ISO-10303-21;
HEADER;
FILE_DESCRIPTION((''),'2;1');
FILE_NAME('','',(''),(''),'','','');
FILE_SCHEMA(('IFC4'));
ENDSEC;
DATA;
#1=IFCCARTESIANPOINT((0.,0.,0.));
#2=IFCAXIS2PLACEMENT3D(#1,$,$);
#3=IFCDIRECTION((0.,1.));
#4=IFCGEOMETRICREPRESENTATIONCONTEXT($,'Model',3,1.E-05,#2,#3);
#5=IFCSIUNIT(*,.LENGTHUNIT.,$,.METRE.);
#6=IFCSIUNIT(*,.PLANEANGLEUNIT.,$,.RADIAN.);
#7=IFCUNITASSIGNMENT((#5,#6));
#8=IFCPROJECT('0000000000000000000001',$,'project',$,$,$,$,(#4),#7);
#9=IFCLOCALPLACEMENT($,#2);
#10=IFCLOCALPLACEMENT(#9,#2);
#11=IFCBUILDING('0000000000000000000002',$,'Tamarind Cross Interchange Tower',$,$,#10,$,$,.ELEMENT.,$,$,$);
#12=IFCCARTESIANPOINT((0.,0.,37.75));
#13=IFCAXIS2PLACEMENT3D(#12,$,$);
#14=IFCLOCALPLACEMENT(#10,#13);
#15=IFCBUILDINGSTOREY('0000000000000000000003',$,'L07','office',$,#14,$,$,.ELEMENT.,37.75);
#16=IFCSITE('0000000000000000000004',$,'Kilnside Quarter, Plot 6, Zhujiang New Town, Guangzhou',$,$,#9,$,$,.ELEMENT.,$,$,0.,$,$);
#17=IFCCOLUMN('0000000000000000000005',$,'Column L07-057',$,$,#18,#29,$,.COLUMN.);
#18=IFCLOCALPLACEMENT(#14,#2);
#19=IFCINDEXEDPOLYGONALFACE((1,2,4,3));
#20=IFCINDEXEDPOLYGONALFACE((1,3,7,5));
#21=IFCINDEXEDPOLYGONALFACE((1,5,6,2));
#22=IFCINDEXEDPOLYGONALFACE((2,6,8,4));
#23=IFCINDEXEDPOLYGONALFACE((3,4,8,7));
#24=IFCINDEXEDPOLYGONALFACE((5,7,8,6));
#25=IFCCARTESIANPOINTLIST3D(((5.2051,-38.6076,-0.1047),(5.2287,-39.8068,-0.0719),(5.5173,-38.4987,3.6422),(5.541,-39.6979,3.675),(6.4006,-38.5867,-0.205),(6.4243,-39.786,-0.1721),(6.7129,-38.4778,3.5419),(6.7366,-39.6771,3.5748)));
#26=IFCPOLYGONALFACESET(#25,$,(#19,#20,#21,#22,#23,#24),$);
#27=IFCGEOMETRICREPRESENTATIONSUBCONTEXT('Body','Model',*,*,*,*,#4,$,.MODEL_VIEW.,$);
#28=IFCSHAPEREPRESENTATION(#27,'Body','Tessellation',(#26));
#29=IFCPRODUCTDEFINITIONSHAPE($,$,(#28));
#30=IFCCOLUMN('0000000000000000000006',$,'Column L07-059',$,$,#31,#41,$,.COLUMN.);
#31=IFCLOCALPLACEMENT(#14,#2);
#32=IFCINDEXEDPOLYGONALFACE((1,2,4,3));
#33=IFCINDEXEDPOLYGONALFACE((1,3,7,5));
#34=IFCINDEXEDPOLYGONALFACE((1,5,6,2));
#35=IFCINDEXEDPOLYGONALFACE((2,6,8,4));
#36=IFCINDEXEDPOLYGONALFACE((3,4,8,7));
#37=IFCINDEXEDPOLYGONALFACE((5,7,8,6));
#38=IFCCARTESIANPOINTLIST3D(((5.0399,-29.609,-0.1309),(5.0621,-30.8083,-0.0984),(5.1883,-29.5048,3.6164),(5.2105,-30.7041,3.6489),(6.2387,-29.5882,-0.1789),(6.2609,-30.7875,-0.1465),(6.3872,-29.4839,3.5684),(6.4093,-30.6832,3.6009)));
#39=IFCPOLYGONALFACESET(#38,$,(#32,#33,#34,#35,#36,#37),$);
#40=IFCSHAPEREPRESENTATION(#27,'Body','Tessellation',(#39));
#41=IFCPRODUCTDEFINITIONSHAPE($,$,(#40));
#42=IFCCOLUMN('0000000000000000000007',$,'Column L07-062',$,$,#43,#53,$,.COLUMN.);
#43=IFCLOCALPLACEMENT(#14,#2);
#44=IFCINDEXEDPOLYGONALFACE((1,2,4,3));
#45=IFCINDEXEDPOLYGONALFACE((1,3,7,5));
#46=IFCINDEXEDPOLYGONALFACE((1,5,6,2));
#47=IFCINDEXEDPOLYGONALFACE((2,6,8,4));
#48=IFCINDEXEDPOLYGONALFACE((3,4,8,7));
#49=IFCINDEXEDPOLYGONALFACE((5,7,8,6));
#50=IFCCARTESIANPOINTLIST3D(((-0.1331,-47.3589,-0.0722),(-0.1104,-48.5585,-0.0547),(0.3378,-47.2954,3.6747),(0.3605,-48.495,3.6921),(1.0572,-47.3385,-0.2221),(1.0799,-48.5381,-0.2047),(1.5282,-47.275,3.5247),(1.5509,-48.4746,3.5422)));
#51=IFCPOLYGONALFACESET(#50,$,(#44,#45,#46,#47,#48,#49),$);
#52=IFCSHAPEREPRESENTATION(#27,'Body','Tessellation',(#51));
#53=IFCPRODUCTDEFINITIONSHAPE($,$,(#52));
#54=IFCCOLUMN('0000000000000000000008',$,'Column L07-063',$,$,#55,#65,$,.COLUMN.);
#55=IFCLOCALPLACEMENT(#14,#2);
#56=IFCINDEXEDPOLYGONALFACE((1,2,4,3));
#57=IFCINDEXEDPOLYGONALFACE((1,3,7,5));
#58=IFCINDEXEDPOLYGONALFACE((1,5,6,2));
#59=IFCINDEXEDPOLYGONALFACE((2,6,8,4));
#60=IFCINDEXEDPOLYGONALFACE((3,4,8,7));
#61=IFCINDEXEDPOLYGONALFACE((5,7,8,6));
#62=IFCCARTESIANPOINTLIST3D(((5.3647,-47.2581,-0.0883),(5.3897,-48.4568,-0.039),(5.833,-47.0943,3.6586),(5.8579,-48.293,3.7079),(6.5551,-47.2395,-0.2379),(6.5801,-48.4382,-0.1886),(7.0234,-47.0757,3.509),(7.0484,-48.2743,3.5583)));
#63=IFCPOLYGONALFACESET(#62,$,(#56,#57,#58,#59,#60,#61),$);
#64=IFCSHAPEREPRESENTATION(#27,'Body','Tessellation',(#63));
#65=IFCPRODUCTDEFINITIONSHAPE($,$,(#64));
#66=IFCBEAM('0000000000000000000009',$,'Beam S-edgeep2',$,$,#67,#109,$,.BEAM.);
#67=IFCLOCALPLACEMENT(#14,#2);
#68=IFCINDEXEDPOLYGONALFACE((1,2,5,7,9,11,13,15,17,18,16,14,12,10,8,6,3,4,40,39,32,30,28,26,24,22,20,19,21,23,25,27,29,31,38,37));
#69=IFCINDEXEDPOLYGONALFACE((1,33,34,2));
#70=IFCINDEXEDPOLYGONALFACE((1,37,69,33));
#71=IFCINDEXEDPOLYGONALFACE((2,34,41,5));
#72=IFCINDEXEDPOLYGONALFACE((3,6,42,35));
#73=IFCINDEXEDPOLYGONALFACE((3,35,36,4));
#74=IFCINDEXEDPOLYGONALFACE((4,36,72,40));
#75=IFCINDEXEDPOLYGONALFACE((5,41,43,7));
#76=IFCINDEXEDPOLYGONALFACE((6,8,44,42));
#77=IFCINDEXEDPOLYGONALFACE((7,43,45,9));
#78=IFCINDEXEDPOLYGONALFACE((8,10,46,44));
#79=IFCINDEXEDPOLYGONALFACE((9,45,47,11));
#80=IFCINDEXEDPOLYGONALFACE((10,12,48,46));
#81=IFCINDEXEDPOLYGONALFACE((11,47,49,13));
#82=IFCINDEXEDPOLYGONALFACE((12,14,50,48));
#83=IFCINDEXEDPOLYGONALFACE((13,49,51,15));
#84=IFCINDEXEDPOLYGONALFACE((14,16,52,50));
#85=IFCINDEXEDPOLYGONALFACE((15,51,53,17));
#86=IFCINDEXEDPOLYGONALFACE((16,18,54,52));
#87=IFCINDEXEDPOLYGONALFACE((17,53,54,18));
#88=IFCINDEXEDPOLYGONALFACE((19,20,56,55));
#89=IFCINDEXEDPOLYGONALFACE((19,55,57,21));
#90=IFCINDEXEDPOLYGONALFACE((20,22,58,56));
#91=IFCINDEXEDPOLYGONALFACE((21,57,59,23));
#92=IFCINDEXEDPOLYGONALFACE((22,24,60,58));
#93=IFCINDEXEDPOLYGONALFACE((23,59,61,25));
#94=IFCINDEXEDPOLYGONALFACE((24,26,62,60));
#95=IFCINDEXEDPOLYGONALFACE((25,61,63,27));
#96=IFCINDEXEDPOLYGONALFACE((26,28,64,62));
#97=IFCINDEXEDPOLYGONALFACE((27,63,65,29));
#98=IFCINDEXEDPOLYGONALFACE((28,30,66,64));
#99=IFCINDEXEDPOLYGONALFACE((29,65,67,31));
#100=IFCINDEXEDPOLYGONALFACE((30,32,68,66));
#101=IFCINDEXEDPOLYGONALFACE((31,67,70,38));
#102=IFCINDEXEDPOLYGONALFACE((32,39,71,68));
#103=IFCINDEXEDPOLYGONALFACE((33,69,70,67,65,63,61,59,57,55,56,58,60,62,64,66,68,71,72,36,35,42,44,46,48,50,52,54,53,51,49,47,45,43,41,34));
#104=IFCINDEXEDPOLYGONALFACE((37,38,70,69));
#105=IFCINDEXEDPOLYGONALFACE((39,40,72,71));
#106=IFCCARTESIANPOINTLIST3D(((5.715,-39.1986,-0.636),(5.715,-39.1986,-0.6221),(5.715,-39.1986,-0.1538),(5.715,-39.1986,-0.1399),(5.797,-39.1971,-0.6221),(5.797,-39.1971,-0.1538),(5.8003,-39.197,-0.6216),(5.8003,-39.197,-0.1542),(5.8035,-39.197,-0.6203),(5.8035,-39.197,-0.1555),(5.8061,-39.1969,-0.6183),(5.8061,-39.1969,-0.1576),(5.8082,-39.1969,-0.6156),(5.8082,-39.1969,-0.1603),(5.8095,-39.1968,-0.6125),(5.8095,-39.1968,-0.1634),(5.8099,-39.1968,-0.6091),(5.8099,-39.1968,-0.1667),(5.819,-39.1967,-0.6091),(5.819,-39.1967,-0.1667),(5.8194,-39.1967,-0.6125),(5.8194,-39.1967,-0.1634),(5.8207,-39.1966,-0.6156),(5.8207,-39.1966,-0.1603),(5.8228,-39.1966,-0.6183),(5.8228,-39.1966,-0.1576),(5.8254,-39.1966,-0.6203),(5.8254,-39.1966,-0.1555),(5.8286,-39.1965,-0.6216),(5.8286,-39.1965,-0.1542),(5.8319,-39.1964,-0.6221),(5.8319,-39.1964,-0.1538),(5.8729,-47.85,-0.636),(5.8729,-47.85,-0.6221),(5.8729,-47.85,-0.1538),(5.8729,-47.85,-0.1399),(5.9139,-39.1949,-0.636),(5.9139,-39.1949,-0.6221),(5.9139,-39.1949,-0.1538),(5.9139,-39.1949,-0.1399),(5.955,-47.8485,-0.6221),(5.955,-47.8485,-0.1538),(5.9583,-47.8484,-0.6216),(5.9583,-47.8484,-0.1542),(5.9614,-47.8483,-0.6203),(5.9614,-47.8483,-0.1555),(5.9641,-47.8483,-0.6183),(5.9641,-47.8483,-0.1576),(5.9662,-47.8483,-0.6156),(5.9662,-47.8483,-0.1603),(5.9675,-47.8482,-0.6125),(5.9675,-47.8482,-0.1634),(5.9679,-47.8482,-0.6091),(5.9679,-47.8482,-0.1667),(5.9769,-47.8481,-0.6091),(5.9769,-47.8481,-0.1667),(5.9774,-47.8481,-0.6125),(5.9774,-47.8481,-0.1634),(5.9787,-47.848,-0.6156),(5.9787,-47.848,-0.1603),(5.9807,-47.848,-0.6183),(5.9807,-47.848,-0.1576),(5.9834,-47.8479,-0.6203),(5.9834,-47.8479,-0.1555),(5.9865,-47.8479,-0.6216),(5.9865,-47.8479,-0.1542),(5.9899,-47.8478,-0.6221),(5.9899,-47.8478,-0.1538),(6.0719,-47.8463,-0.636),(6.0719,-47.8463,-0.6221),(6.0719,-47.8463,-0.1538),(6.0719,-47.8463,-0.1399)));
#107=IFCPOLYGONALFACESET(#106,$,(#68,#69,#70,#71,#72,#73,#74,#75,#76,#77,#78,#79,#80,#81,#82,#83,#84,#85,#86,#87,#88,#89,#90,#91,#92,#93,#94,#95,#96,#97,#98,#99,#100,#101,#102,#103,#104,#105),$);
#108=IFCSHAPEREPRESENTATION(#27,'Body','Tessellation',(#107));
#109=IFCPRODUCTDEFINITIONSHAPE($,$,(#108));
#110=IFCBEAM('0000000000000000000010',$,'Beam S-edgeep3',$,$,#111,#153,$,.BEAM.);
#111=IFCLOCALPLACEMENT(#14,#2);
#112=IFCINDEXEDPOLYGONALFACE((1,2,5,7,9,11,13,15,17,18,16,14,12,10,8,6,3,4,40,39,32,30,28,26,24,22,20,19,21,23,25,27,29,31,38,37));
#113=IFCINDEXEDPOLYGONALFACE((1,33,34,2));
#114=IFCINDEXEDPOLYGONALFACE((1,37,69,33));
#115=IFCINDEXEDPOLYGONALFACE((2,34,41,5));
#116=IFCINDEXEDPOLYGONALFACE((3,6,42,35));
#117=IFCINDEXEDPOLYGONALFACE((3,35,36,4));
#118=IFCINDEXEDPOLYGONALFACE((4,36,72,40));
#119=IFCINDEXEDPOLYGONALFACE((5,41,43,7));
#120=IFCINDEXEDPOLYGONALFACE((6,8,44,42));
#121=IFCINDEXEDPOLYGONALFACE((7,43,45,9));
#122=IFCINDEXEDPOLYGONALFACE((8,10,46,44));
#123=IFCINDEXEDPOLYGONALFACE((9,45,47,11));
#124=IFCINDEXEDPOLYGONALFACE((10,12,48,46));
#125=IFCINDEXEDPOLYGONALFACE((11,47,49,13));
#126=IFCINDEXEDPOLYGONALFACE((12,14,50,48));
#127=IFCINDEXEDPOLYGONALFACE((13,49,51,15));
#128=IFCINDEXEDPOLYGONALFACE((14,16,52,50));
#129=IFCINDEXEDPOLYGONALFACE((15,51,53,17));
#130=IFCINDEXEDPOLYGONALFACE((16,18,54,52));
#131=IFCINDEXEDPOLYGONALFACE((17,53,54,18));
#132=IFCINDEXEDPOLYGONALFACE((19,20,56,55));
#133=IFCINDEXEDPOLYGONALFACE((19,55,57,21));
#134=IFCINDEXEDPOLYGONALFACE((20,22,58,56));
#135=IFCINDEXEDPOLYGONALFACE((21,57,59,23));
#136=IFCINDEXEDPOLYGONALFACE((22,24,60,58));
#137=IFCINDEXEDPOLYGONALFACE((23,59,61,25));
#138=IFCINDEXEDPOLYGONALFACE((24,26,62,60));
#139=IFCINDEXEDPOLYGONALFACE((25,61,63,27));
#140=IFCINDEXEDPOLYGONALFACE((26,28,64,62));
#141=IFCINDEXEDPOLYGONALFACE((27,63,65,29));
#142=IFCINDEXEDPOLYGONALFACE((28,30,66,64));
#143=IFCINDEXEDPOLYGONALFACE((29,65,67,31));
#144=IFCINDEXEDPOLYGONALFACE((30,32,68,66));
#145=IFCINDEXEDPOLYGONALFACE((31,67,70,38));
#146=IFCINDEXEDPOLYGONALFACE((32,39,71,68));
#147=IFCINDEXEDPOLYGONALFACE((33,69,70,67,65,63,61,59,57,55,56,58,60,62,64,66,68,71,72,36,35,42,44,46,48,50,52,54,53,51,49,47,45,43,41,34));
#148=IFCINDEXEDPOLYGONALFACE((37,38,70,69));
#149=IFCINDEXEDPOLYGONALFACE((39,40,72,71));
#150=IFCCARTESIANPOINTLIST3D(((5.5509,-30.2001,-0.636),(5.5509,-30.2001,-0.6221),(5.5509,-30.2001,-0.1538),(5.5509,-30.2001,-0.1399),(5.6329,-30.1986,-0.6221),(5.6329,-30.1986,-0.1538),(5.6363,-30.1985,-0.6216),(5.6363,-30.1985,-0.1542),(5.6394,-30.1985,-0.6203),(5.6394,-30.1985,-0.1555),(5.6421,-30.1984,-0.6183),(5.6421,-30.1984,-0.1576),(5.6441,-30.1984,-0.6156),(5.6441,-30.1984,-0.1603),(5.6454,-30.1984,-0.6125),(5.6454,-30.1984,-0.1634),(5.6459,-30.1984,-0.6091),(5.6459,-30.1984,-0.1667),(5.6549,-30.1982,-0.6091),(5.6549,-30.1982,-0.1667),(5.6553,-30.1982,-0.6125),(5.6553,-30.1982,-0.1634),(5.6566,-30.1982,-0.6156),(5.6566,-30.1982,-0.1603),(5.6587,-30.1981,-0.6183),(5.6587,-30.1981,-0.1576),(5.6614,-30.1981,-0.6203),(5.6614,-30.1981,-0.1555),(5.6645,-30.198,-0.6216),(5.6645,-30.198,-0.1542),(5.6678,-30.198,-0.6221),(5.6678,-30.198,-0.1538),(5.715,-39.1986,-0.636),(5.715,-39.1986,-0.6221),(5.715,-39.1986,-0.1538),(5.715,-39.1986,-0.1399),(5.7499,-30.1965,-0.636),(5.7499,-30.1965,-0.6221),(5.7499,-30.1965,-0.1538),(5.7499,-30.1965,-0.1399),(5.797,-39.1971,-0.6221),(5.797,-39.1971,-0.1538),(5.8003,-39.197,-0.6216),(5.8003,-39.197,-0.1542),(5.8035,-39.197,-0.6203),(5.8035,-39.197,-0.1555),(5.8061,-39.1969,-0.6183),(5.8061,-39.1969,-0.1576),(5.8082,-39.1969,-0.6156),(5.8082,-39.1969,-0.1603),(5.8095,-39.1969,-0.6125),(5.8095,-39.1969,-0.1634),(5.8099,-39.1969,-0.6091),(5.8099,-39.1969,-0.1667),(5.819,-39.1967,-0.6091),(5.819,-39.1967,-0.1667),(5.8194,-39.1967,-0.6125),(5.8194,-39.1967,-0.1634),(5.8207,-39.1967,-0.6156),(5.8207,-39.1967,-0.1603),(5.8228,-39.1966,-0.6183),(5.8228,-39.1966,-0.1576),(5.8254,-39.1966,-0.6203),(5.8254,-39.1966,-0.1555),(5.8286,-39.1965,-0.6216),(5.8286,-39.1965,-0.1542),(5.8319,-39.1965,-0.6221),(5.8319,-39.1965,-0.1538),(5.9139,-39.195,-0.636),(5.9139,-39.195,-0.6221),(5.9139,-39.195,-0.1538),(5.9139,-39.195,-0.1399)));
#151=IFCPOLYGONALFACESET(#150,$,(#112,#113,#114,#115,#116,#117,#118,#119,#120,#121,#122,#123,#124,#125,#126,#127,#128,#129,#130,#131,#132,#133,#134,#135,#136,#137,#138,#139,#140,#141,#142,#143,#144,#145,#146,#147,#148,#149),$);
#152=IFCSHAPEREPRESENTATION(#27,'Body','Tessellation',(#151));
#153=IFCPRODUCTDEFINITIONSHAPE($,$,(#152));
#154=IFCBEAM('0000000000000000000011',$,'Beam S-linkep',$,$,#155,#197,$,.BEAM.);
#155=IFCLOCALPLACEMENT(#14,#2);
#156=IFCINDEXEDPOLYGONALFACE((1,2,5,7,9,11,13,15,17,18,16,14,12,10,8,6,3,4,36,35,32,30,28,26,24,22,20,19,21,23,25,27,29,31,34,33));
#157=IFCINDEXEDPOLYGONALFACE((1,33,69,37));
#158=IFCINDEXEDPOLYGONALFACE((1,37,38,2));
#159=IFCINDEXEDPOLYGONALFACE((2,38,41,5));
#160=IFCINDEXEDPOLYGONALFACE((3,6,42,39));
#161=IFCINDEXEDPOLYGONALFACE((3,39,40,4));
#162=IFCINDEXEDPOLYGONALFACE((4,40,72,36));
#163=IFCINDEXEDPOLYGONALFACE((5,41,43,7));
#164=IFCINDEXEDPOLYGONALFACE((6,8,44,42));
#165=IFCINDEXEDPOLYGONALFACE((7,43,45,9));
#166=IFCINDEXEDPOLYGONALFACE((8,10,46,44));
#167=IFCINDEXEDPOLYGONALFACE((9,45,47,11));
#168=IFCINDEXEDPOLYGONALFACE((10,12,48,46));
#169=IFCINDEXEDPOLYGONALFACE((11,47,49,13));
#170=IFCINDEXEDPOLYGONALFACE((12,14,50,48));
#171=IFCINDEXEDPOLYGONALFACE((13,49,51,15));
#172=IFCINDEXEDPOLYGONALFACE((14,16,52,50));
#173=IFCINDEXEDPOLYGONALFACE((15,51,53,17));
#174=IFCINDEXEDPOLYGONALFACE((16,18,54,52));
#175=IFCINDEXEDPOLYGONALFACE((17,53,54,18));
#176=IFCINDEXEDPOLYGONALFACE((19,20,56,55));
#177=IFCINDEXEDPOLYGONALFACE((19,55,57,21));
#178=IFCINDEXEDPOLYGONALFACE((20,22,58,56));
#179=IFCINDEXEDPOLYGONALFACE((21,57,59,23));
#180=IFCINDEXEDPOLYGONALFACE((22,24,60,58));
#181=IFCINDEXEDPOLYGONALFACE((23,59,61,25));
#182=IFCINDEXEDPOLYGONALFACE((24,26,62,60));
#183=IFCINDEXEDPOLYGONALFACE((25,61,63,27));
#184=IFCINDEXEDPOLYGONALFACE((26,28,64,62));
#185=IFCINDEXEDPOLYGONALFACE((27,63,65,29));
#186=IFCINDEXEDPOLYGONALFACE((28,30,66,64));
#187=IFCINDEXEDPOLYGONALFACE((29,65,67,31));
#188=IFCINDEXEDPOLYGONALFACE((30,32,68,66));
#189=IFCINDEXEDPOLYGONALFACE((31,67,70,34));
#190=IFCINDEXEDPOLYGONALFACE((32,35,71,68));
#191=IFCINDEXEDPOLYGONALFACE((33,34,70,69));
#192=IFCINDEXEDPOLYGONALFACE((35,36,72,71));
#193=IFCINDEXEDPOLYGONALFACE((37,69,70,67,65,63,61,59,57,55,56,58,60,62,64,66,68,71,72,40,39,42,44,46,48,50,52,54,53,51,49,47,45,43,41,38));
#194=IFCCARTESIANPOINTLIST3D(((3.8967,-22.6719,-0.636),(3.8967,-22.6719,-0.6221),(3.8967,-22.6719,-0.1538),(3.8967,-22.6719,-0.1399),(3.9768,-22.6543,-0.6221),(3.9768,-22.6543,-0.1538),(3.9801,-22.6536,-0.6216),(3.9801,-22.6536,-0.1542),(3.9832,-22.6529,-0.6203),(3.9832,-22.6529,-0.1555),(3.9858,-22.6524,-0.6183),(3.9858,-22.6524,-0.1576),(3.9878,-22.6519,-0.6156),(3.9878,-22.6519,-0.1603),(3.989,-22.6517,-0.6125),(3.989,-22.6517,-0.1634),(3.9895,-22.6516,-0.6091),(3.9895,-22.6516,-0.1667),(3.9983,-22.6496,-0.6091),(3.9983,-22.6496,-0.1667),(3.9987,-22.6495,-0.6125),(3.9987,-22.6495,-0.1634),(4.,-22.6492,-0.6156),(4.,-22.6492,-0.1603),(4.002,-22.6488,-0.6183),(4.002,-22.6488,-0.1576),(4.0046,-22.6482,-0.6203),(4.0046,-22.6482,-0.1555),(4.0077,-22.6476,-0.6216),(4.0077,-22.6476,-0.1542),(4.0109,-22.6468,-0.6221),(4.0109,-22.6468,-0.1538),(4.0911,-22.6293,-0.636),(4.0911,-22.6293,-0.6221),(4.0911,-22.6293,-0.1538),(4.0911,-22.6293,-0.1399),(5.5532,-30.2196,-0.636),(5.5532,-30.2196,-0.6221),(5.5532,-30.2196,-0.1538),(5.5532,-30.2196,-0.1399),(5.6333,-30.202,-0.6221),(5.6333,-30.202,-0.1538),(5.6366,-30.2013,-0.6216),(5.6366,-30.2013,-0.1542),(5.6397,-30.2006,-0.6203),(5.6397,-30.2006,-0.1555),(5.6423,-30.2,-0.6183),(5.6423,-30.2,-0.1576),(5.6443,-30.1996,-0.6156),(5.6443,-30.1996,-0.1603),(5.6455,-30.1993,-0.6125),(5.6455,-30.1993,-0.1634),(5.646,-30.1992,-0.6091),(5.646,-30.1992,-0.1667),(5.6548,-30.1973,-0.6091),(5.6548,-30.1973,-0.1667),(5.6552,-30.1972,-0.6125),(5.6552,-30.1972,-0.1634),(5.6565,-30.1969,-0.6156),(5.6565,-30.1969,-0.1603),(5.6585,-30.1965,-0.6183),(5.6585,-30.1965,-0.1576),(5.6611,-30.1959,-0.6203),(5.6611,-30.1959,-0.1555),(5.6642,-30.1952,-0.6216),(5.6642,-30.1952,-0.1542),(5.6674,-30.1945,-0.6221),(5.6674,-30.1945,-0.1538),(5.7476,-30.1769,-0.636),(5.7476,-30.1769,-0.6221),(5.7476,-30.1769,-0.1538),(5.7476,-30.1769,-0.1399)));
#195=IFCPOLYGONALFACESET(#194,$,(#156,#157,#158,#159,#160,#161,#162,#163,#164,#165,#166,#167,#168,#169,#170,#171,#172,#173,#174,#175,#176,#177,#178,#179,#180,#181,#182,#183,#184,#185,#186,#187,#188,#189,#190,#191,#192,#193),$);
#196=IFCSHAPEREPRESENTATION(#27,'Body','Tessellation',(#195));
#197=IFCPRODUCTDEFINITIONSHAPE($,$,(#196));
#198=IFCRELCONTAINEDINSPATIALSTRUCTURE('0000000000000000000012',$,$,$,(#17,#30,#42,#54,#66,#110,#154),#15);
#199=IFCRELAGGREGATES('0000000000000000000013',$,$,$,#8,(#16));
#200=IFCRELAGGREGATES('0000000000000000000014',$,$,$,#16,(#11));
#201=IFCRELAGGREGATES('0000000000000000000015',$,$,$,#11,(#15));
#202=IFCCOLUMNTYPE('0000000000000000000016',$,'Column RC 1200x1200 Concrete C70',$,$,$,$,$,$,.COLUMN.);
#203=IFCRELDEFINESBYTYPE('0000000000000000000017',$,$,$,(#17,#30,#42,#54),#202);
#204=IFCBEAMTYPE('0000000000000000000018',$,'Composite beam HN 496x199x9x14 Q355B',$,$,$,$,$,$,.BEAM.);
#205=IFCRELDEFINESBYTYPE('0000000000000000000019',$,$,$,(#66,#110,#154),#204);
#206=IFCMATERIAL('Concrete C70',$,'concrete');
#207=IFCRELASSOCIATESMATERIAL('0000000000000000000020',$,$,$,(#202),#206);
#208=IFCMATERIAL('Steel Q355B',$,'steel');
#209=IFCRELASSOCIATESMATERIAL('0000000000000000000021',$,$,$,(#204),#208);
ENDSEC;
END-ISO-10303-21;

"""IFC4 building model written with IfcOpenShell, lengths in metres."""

from ifc_helpers import new_model, si_unit, direction, frame, origin, origin_2d, place, context, subcontext, project, spatial, rectangle, i_section, extrude, material, material_profile, profile_set, type_object, element, save


model = new_model("IFC4")

# Units and contexts
model_context = context("Model", 3, precision=1e-05, world=origin(), true_north=direction((0.0, 1.0)))
body_context = subcontext(model_context, "Body", "Model", "MODEL_VIEW")
ifc_project = project(units=[si_unit("LENGTHUNIT", "METRE"), si_unit("PLANEANGLEUNIT", "RADIAN")], contexts=[model_context])

# Site, building, storey
site_placement = place(None, origin())
site = spatial("IfcSite", under=ifc_project, at=site_placement, Name="Kilnside Quarter, Plot 6, Zhujiang New Town, Guangzhou", CompositionType="ELEMENT", RefElevation=0.0)
building_placement = place(site_placement, origin())
building = spatial("IfcBuilding", under=site, at=building_placement, Name="Tamarind Cross Interchange Tower", CompositionType="ELEMENT")
storey_placement = place(building_placement, frame((0.0, 0.0, 37.75)))
storey = spatial("IfcBuildingStorey", under=building, at=storey_placement, Name="L07", Description="office", CompositionType="ELEMENT", Elevation=37.75)

# Columns
ifc_material_1 = material(Name="Concrete C70", Category="concrete")
ifc_material_profile_1 = material_profile(ifc_material_1, rectangle(XDim=1.2, YDim=1.2, at=origin_2d()), Name="RC 1200x1200")
ifc_profile_set_1 = profile_set([ifc_material_profile_1], Name="Concrete C70")
column_type = type_object("IfcColumnType", Name="Column RC 1200x1200 Concrete C70", PredefinedType="COLUMN", material=ifc_profile_set_1)
column_1_placement = place(storey_placement, frame((5.8147, -39.1968, -0.1384), z_axis=(0.083016, 0.028949, 0.996128), x_axis=(-0.996353, -0.017381, 0.08354)))
element("IfcColumn", 1, at=column_1_placement, inside=storey, type_object=column_type, Name="Column L07-057", PredefinedType="COLUMN", context=body_context, shape_type="SweptSolid", body=[
    extrude(rectangle(XDim=1.2, YDim=1.2, at=origin_2d()), origin(), (0.0, 0.0, 1.0), 3.7615),
])
column_2_placement = place(storey_placement, frame((5.6504, -30.1982, -0.1387), z_axis=(0.039565, 0.027787, 0.998831), x_axis=(-0.999046, -0.017377, 0.040057)))
element("IfcColumn", 2, at=column_2_placement, inside=storey, type_object=column_type, Name="Column L07-059", PredefinedType="COLUMN", context=body_context, shape_type="SweptSolid", body=[
    extrude(rectangle(XDim=1.2, YDim=1.2, at=origin_2d()), origin(), (0.0, 0.0, 1.0), 3.7517),
])
column_3_placement = place(storey_placement, frame((0.4734, -47.9485, -0.1384), z_axis=(0.124693, 0.016807, 0.992053), x_axis=(-0.992015, -0.016951, 0.124976)))
element("IfcColumn", 3, at=column_3_placement, inside=storey, type_object=column_type, Name="Column L07-062", PredefinedType="COLUMN", context=body_context, shape_type="SweptSolid", body=[
    extrude(rectangle(XDim=1.2, YDim=1.2, at=origin_2d()), origin(), (0.0, 0.0, 1.0), 3.7769),
])
column_4_placement = place(storey_placement, frame((5.9724, -47.8481, -0.1384), z_axis=(0.123894, 0.043344, 0.991348), x_axis=(-0.992077, -0.015552, 0.124665)))
element("IfcColumn", 4, at=column_4_placement, inside=storey, type_object=column_type, Name="Column L07-063", PredefinedType="COLUMN", context=body_context, shape_type="SweptSolid", body=[
    extrude(rectangle(XDim=1.2, YDim=1.2, at=origin_2d()), origin(), (0.0, 0.0, 1.0), 3.7795),
])

# Beams
ifc_material_2 = material(Name="Steel Q355B", Category="steel")
ifc_material_profile_2 = material_profile(ifc_material_2, i_section(OverallWidth=0.199, OverallDepth=0.4961, WebThickness=0.009, FlangeThickness=0.0139, FilletRadius=0.0129, at=origin_2d()), Name="HN 496x199x9x14")
ifc_profile_set_2 = profile_set([ifc_material_profile_2], Name="Steel Q355B")
beam_type_1 = type_object("IfcBeamType", Name="Composite beam HN 496x199x9x14 Q355B", PredefinedType="BEAM", material=ifc_profile_set_2)
beam_1_placement = place(storey_placement, frame((5.9724, -47.8481, -0.3879), z_axis=(-0.018255, 0.999833, 0.0), x_axis=(-0.999833, -0.018255, 0.0)))
element("IfcBeam", 5, at=beam_1_placement, inside=storey, type_object=beam_type_1, Name="Beam S-edgeep2", PredefinedType="BEAM", context=body_context, shape_type="SweptSolid", body=[
    extrude(i_section(OverallWidth=0.199, OverallDepth=0.4961, WebThickness=0.009, FlangeThickness=0.0139, FilletRadius=0.0129, at=origin_2d()), origin(), (0.0, 0.0, 1.0), 8.6528),
])
beam_2_placement = place(storey_placement, frame((5.8145, -39.1968, -0.3879), z_axis=(-0.018229, 0.999834, 0.0), x_axis=(-0.999834, -0.018229, 0.0)))
element("IfcBeam", 6, at=beam_2_placement, inside=storey, type_object=beam_type_1, Name="Beam S-edgeep3", PredefinedType="BEAM", context=body_context, shape_type="SweptSolid", body=[
    extrude(i_section(OverallWidth=0.199, OverallDepth=0.4961, WebThickness=0.009, FlangeThickness=0.0139, FilletRadius=0.0129, at=origin_2d()), origin(), (0.0, 0.0, 1.0), 9.0),
])
beam_3_placement = place(storey_placement, frame((5.6504, -30.1982, -0.3879), z_axis=(-0.214371, 0.976752, 0.0), x_axis=(-0.976752, -0.214371, 0.0)))
element("IfcBeam", 7, at=beam_3_placement, inside=storey, type_object=beam_type_1, Name="Beam S-linkep", PredefinedType="BEAM", context=body_context, shape_type="SweptSolid", body=[
    extrude(i_section(OverallWidth=0.199, OverallDepth=0.4961, WebThickness=0.009, FlangeThickness=0.0139, FilletRadius=0.0129, at=origin_2d()), origin(), (0.0, 0.0, 1.0), 7.7273),
])

save(model, "model.ifc")
